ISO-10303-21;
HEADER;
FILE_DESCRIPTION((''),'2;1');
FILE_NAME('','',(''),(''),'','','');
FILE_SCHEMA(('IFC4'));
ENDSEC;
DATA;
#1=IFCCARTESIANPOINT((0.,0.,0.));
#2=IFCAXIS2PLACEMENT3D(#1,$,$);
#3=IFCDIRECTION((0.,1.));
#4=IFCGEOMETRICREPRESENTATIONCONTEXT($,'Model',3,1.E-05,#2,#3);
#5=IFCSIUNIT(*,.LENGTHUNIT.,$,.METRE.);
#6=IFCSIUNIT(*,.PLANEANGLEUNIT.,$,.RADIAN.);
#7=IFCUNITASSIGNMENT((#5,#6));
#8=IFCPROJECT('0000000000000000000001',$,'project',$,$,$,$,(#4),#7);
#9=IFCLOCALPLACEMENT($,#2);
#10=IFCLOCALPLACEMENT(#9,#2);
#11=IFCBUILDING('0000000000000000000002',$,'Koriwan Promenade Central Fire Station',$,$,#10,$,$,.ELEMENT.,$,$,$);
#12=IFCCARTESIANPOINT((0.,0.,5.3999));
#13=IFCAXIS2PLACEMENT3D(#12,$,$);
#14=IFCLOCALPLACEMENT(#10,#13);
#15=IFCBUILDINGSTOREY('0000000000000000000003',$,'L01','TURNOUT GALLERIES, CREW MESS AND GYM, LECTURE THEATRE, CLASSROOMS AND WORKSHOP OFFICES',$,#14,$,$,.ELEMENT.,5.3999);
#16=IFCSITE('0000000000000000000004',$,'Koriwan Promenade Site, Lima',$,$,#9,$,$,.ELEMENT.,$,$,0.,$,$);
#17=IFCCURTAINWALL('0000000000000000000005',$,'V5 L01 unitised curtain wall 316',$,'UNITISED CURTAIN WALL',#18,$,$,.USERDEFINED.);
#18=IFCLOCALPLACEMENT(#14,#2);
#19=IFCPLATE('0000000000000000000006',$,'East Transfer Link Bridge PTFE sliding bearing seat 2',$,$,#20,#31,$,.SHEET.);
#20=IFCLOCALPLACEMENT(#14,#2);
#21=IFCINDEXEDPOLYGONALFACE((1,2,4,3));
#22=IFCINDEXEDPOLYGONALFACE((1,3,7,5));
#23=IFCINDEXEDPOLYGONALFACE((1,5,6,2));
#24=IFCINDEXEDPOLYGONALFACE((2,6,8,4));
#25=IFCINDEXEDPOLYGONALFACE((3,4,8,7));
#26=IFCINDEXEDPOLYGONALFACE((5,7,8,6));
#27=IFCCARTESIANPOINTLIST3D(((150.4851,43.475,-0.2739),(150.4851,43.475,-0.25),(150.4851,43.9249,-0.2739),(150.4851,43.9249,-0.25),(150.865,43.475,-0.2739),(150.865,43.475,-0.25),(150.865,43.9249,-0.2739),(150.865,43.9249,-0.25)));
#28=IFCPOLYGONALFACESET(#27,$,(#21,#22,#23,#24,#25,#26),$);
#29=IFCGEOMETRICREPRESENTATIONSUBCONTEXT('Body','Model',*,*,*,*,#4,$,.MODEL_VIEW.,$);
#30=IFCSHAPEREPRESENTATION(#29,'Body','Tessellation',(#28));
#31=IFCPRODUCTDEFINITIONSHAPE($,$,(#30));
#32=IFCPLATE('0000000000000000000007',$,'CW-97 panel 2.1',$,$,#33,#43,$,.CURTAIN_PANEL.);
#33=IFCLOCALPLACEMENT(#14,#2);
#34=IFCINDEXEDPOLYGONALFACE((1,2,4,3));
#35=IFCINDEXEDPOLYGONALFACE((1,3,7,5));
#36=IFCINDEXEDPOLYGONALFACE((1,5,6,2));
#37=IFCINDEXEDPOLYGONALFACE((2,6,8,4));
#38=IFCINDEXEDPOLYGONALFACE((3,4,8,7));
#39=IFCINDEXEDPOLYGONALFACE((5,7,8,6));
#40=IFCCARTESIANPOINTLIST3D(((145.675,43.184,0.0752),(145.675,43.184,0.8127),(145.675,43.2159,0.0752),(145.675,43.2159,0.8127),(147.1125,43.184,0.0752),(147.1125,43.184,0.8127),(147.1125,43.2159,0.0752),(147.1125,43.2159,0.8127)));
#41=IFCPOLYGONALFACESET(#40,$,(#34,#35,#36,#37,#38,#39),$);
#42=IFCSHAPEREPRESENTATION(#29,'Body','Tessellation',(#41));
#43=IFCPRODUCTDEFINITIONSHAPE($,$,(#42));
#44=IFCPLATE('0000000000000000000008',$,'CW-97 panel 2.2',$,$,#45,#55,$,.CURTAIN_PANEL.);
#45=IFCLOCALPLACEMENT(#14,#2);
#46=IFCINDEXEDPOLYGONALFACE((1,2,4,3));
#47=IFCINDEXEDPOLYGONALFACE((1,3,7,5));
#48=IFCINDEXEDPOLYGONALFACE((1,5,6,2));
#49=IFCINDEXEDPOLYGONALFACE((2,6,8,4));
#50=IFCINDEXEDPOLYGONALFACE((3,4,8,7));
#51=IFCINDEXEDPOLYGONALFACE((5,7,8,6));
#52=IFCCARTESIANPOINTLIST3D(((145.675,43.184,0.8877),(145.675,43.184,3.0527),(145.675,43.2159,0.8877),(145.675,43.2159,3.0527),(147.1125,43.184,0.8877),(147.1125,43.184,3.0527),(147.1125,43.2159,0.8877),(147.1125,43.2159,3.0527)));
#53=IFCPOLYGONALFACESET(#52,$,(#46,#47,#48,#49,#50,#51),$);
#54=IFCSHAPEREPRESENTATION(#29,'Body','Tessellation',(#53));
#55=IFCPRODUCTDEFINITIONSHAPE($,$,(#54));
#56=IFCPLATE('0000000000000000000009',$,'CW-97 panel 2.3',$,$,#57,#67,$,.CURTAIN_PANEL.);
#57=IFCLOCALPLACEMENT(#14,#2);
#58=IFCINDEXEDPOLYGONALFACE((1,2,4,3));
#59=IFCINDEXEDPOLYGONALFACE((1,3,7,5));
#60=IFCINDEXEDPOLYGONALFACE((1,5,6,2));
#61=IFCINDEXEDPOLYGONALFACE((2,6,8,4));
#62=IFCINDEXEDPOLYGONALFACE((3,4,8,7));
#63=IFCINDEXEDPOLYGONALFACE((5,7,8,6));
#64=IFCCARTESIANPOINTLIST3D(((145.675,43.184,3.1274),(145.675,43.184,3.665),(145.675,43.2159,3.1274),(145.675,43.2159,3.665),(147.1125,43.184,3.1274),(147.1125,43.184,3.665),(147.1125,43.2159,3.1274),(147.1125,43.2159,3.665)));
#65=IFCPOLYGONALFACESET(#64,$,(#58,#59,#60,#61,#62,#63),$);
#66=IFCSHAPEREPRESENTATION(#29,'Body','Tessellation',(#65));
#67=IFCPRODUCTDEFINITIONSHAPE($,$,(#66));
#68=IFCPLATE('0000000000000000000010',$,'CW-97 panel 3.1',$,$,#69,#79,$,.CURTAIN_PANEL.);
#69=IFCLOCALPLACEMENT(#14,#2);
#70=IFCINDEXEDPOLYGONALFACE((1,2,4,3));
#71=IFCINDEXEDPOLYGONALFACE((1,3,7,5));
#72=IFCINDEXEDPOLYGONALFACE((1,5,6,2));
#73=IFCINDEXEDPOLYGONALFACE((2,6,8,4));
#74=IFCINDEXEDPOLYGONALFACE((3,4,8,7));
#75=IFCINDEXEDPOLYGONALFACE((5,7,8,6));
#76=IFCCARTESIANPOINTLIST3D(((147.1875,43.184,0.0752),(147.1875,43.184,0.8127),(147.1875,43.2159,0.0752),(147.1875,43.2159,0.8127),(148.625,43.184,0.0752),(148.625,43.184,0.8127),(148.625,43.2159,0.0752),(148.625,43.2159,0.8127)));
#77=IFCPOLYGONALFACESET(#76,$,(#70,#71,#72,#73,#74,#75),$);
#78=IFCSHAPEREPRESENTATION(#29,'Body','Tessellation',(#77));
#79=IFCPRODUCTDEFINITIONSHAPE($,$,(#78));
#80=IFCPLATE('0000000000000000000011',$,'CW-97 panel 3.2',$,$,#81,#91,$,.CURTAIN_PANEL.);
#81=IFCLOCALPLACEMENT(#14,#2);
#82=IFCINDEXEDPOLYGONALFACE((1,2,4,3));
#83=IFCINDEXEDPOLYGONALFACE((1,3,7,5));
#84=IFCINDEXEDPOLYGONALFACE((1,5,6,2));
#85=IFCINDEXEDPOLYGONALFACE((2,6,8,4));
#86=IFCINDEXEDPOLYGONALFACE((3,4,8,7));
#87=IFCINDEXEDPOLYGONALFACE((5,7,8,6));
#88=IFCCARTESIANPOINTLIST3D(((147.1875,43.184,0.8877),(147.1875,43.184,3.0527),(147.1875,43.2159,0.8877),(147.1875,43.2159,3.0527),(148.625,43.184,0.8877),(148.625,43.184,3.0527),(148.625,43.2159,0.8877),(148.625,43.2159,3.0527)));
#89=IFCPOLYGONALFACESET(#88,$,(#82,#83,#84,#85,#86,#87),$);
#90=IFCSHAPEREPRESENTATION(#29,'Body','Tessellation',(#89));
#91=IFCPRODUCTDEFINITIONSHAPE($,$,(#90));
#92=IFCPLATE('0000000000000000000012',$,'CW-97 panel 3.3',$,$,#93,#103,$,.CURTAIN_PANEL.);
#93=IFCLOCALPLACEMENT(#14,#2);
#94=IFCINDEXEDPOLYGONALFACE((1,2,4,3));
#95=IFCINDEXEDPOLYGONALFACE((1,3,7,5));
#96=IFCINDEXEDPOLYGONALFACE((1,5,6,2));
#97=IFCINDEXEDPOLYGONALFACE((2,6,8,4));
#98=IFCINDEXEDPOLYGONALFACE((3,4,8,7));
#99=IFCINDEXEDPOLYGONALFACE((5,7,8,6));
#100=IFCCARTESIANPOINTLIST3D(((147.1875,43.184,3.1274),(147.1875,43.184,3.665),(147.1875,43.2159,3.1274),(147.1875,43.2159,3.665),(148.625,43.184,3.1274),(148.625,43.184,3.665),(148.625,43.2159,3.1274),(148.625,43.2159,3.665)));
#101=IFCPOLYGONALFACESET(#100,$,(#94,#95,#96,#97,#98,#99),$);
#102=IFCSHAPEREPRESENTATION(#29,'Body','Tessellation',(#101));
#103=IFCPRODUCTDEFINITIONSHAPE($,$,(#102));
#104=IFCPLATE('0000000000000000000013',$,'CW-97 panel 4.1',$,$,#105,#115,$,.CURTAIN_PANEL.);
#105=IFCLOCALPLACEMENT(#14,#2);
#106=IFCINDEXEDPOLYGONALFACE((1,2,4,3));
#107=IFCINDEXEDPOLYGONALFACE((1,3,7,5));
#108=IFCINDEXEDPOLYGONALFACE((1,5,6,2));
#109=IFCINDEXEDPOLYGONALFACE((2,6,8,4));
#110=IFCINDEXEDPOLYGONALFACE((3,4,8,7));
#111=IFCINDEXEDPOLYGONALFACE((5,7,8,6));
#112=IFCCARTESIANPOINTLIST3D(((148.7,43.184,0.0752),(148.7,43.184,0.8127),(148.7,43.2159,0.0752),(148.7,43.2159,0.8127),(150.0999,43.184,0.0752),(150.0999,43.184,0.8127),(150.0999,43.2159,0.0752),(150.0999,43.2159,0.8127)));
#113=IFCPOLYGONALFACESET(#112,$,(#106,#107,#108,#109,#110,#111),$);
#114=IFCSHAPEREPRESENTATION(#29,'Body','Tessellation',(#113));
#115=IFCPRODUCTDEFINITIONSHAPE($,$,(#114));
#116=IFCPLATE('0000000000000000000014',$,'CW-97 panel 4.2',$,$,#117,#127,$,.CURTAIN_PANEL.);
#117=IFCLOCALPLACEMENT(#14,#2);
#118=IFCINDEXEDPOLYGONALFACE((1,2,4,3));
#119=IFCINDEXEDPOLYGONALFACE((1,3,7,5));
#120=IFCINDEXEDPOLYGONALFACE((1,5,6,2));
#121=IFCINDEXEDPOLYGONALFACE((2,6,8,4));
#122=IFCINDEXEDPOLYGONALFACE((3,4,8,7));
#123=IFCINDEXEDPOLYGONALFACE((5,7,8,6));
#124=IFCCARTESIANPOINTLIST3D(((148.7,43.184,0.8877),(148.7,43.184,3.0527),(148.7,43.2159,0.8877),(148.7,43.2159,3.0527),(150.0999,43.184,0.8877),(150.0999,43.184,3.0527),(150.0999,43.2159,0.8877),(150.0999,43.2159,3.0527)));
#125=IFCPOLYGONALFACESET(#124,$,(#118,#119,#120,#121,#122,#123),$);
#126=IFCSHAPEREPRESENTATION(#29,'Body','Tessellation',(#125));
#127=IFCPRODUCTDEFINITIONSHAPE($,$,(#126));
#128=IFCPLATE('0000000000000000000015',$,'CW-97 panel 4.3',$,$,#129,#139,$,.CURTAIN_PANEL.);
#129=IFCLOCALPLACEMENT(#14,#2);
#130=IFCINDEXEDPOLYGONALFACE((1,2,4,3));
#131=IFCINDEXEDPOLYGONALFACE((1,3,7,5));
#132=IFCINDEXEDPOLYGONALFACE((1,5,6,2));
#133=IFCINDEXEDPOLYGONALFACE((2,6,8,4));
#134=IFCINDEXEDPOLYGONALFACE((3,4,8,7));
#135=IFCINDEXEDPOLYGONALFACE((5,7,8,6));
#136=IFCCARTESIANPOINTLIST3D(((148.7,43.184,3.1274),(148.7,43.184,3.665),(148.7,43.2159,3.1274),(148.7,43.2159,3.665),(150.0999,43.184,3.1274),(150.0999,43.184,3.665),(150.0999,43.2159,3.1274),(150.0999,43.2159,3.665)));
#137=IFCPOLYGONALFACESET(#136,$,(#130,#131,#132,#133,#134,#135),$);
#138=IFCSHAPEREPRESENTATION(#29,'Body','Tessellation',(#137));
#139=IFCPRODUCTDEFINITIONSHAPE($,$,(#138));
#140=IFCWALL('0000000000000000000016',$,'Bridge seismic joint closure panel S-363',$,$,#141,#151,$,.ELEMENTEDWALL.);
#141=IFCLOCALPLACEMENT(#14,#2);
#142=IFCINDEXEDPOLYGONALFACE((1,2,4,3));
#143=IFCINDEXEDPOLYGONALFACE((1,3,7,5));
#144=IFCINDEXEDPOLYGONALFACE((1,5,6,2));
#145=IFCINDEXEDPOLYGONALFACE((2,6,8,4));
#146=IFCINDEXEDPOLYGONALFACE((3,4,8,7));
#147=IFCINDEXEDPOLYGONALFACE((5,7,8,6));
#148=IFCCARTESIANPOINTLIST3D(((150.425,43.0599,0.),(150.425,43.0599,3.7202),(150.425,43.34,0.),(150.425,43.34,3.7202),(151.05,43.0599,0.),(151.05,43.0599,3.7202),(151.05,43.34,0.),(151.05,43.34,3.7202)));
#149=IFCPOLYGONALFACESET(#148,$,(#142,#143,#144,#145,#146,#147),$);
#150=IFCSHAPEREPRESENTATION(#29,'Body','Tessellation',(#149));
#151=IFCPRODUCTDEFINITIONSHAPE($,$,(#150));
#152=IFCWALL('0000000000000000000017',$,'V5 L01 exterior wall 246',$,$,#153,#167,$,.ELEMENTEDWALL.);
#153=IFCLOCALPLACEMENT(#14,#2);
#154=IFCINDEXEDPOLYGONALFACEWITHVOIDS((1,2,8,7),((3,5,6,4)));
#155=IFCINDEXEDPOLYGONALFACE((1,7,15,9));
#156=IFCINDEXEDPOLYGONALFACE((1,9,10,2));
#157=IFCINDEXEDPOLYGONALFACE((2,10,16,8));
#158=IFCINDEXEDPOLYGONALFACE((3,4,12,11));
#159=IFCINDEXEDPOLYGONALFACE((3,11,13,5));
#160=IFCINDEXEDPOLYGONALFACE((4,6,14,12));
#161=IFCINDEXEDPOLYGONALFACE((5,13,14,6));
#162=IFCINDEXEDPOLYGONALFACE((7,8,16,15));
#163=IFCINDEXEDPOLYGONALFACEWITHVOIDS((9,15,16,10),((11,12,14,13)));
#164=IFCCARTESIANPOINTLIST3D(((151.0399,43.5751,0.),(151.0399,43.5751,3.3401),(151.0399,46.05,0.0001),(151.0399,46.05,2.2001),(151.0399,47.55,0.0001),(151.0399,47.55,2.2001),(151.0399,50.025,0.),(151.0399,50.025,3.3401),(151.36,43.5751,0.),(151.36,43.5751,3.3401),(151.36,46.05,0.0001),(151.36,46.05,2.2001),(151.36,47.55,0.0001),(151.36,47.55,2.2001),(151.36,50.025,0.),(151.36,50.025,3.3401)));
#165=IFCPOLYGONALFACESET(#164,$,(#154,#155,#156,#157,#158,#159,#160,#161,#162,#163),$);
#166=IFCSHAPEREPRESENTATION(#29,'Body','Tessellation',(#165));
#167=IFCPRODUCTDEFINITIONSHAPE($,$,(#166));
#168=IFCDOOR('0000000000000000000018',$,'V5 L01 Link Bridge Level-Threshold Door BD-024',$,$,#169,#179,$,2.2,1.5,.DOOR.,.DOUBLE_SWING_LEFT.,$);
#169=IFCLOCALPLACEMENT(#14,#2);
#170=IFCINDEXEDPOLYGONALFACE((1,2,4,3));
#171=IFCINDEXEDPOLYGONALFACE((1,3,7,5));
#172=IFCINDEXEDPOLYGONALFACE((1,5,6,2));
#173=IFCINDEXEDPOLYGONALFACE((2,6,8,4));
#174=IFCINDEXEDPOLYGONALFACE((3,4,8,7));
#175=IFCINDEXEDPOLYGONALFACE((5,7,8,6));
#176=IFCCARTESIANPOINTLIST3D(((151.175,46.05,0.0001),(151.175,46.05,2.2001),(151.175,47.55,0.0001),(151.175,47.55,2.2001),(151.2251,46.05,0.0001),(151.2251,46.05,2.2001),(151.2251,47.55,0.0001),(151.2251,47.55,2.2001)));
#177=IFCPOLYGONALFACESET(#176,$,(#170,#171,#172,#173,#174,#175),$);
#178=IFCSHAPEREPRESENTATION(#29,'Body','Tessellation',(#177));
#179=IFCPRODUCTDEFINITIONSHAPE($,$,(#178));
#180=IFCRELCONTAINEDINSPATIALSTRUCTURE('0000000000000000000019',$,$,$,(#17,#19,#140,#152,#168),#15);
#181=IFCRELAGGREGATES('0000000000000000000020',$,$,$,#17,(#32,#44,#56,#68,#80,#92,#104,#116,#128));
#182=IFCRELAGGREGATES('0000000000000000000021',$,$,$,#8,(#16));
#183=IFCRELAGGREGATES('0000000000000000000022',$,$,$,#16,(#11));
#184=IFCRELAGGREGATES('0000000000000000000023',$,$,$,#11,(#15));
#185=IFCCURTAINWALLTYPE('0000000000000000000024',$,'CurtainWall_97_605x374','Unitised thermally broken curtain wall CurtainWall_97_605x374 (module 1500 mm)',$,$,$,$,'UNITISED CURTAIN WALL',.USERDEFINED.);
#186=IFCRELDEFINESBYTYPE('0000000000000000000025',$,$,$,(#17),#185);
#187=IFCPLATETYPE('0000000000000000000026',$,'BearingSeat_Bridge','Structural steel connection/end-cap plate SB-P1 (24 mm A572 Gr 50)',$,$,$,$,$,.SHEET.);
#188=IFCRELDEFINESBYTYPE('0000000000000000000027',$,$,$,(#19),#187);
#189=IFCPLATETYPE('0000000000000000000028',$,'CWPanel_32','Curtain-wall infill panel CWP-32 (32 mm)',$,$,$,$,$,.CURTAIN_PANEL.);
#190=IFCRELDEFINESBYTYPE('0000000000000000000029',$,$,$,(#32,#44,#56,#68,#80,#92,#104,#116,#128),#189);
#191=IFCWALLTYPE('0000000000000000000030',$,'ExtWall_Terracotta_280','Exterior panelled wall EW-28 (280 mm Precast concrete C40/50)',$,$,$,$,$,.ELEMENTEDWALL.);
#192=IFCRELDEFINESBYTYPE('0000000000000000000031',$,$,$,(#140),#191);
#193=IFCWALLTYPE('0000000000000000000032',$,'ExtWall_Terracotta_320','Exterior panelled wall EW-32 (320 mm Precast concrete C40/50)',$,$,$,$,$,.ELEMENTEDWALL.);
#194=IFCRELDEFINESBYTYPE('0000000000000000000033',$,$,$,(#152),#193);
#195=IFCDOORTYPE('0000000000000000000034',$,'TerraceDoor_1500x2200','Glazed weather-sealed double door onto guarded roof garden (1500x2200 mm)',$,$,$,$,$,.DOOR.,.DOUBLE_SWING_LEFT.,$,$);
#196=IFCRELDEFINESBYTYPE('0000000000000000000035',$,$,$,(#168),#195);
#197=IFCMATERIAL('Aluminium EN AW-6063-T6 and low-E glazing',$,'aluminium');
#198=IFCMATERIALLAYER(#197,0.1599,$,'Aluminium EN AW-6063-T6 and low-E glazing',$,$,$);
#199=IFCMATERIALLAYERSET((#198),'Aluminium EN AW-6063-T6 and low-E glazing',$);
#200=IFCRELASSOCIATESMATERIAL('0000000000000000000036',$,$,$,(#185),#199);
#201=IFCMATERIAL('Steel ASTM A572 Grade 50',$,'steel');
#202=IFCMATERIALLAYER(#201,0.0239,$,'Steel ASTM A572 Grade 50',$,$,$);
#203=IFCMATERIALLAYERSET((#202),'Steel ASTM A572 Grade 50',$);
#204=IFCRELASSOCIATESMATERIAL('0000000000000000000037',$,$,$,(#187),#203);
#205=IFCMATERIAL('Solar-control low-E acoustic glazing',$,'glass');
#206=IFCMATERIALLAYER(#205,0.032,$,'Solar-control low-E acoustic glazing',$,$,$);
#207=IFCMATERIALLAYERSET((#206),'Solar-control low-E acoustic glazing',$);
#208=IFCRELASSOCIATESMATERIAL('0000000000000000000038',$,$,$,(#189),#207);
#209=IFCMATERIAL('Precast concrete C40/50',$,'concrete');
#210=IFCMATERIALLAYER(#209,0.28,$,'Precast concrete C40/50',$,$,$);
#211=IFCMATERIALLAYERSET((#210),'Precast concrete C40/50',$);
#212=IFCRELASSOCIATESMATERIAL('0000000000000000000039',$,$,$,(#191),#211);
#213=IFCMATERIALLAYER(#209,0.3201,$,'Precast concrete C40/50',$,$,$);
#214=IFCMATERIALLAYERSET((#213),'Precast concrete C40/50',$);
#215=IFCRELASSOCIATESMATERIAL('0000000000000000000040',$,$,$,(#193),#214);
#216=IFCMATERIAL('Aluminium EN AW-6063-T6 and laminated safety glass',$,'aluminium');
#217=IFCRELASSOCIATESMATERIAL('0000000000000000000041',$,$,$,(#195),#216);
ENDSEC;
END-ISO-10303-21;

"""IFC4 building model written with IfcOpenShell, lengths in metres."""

from ifc_helpers import new_model, si_unit, direction, frame, frame_2d, origin, origin_2d, place, context, subcontext, project, spatial, rectangle, extrude, material, layer, layer_set, type_object, element, fill, aggregate, save


model = new_model("IFC4")

# Units and contexts
model_context = context("Model", 3, precision=1e-05, world=origin(), true_north=direction((0.0, 1.0)))
body_context = subcontext(model_context, "Body", "Model", "MODEL_VIEW")
ifc_project = project(units=[si_unit("LENGTHUNIT", "METRE"), si_unit("PLANEANGLEUNIT", "RADIAN")], contexts=[model_context])

# Site, building, storey
site_placement = place(None, origin())
site = spatial("IfcSite", under=ifc_project, at=site_placement, Name="Koriwan Promenade Site, Lima", CompositionType="ELEMENT", RefElevation=0.0)
building_placement = place(site_placement, origin())
building = spatial("IfcBuilding", under=site, at=building_placement, Name="Koriwan Promenade Central Fire Station", CompositionType="ELEMENT")
storey_placement = place(building_placement, frame((0.0, 0.0, 5.3999)))
storey = spatial("IfcBuildingStorey", under=building, at=storey_placement, Name="L01", Description="TURNOUT GALLERIES, CREW MESS AND GYM, LECTURE THEATRE, CLASSROOMS AND WORKSHOP OFFICES", CompositionType="ELEMENT", Elevation=5.3999)

# Curtain wall
ifc_material_1 = material(Name="Aluminium EN AW-6063-T6 and low-E glazing", Category="aluminium")
ifc_layer_1 = layer(ifc_material_1, 0.1599, Name="Aluminium EN AW-6063-T6 and low-E glazing")
ifc_layer_set_1 = layer_set([ifc_layer_1], Name="Aluminium EN AW-6063-T6 and low-E glazing")
curtain_wall_type = type_object("IfcCurtainWallType", Name="CurtainWall_97_605x374", Description="Unitised thermally broken curtain wall CurtainWall_97_605x374 (module 1500 mm)", ElementType="UNITISED CURTAIN WALL", PredefinedType="USERDEFINED", material=ifc_layer_set_1)
curtain_wall_placement = place(storey_placement, origin())
curtain_wall = element("IfcCurtainWall", 1, at=curtain_wall_placement, inside=storey, type_object=curtain_wall_type, Name="V5 L01 unitised curtain wall 316", ObjectType="UNITISED CURTAIN WALL", PredefinedType="USERDEFINED")

# Plate
ifc_material_2 = material(Name="Steel ASTM A572 Grade 50", Category="steel")
ifc_layer_2 = layer(ifc_material_2, 0.0239, Name="Steel ASTM A572 Grade 50")
ifc_layer_set_2 = layer_set([ifc_layer_2], Name="Steel ASTM A572 Grade 50")
plate_type_1 = type_object("IfcPlateType", Name="BearingSeat_Bridge", Description="Structural steel connection/end-cap plate SB-P1 (24 mm A572 Gr 50)", PredefinedType="SHEET", material=ifc_layer_set_2)
plate_1_placement = place(storey_placement, frame((150.675, 43.7, -0.2739), z_axis=(0.0, 0.0, 1.0), x_axis=(1.0, 0.0, 0.0)))
element("IfcPlate", 2, at=plate_1_placement, inside=storey, type_object=plate_type_1, Name="East Transfer Link Bridge PTFE sliding bearing seat 2", PredefinedType="SHEET", context=body_context, shape_type="SweptSolid", body=[
    extrude(rectangle(XDim=0.3799, YDim=0.45, at=origin_2d()), origin(), (0.0, 0.0, 1.0), 0.0239),
])

# Plates
ifc_material_3 = material(Name="Solar-control low-E acoustic glazing", Category="glass")
ifc_layer_3 = layer(ifc_material_3, 0.032, Name="Solar-control low-E acoustic glazing")
ifc_layer_set_3 = layer_set([ifc_layer_3], Name="Solar-control low-E acoustic glazing")
plate_type_2 = type_object("IfcPlateType", Name="CWPanel_32", Description="Curtain-wall infill panel CWP-32 (32 mm)", PredefinedType="CURTAIN_PANEL", material=ifc_layer_set_3)
plate_2_placement = place(storey_placement, frame((146.3938, 43.2, 0.0752), z_axis=(0.0, 0.0, 1.0), x_axis=(1.0, 0.0, 0.0)))
plate_2 = element("IfcPlate", 3, at=plate_2_placement, type_object=plate_type_2, Name="CW-97 panel 2.1", PredefinedType="CURTAIN_PANEL", context=body_context, shape_type="SweptSolid", body=[
    extrude(rectangle(XDim=1.4375, YDim=0.032, at=origin_2d()), origin(), (0.0, 0.0, 1.0), 0.7375),
])
plate_3_placement = place(storey_placement, frame((146.3938, 43.2, 0.8877), z_axis=(0.0, 0.0, 1.0), x_axis=(1.0, 0.0, 0.0)))
plate_3 = element("IfcPlate", 4, at=plate_3_placement, type_object=plate_type_2, Name="CW-97 panel 2.2", PredefinedType="CURTAIN_PANEL", context=body_context, shape_type="SweptSolid", body=[
    extrude(rectangle(XDim=1.4375, YDim=0.032, at=origin_2d()), origin(), (0.0, 0.0, 1.0), 2.165),
])
plate_4_placement = place(storey_placement, frame((146.3938, 43.2, 3.1274), z_axis=(0.0, 0.0, 1.0), x_axis=(1.0, 0.0, 0.0)))
plate_4 = element("IfcPlate", 5, at=plate_4_placement, type_object=plate_type_2, Name="CW-97 panel 2.3", PredefinedType="CURTAIN_PANEL", context=body_context, shape_type="SweptSolid", body=[
    extrude(rectangle(XDim=1.4375, YDim=0.032, at=origin_2d()), origin(), (0.0, 0.0, 1.0), 0.5376),
])
plate_5_placement = place(storey_placement, frame((147.9062, 43.2, 0.0752), z_axis=(0.0, 0.0, 1.0), x_axis=(1.0, 0.0, 0.0)))
plate_5 = element("IfcPlate", 6, at=plate_5_placement, type_object=plate_type_2, Name="CW-97 panel 3.1", PredefinedType="CURTAIN_PANEL", context=body_context, shape_type="SweptSolid", body=[
    extrude(rectangle(XDim=1.4375, YDim=0.032, at=origin_2d()), origin(), (0.0, 0.0, 1.0), 0.7375),
])
plate_6_placement = place(storey_placement, frame((147.9062, 43.2, 0.8877), z_axis=(0.0, 0.0, 1.0), x_axis=(1.0, 0.0, 0.0)))
plate_6 = element("IfcPlate", 7, at=plate_6_placement, type_object=plate_type_2, Name="CW-97 panel 3.2", PredefinedType="CURTAIN_PANEL", context=body_context, shape_type="SweptSolid", body=[
    extrude(rectangle(XDim=1.4375, YDim=0.032, at=origin_2d()), origin(), (0.0, 0.0, 1.0), 2.165),
])
plate_7_placement = place(storey_placement, frame((147.9062, 43.2, 3.1274), z_axis=(0.0, 0.0, 1.0), x_axis=(1.0, 0.0, 0.0)))
plate_7 = element("IfcPlate", 8, at=plate_7_placement, type_object=plate_type_2, Name="CW-97 panel 3.3", PredefinedType="CURTAIN_PANEL", context=body_context, shape_type="SweptSolid", body=[
    extrude(rectangle(XDim=1.4375, YDim=0.032, at=origin_2d()), origin(), (0.0, 0.0, 1.0), 0.5376),
])
plate_8_placement = place(storey_placement, frame((149.3999, 43.2, 0.0752), z_axis=(0.0, 0.0, 1.0), x_axis=(1.0, 0.0, 0.0)))
plate_8 = element("IfcPlate", 9, at=plate_8_placement, type_object=plate_type_2, Name="CW-97 panel 4.1", PredefinedType="CURTAIN_PANEL", context=body_context, shape_type="SweptSolid", body=[
    extrude(rectangle(XDim=1.3999, YDim=0.032, at=origin_2d()), origin(), (0.0, 0.0, 1.0), 0.7375),
])
plate_9_placement = place(storey_placement, frame((149.3999, 43.2, 0.8877), z_axis=(0.0, 0.0, 1.0), x_axis=(1.0, 0.0, 0.0)))
plate_9 = element("IfcPlate", 10, at=plate_9_placement, type_object=plate_type_2, Name="CW-97 panel 4.2", PredefinedType="CURTAIN_PANEL", context=body_context, shape_type="SweptSolid", body=[
    extrude(rectangle(XDim=1.3999, YDim=0.032, at=origin_2d()), origin(), (0.0, 0.0, 1.0), 2.165),
])
plate_10_placement = place(storey_placement, frame((149.3999, 43.2, 3.1274), z_axis=(0.0, 0.0, 1.0), x_axis=(1.0, 0.0, 0.0)))
plate_10 = element("IfcPlate", 11, at=plate_10_placement, type_object=plate_type_2, Name="CW-97 panel 4.3", PredefinedType="CURTAIN_PANEL", context=body_context, shape_type="SweptSolid", body=[
    extrude(rectangle(XDim=1.3999, YDim=0.032, at=origin_2d()), origin(), (0.0, 0.0, 1.0), 0.5376),
])
aggregate(curtain_wall, [plate_2, plate_3, plate_4, plate_5, plate_6, plate_7, plate_8, plate_9, plate_10])

# Wall
ifc_material_4 = material(Name="Precast concrete C40/50", Category="concrete")
ifc_layer_4 = layer(ifc_material_4, 0.28, Name="Precast concrete C40/50")
ifc_layer_set_4 = layer_set([ifc_layer_4], Name="Precast concrete C40/50")
wall_type_1 = type_object("IfcWallType", Name="ExtWall_Terracotta_280", Description="Exterior panelled wall EW-28 (280 mm Precast concrete C40/50)", PredefinedType="ELEMENTEDWALL", material=ifc_layer_set_4)
wall_1_placement = place(storey_placement, frame((150.425, 43.2, 0.0), z_axis=(0.0, 0.0, 1.0), x_axis=(1.0, 0.0, 0.0)))
element("IfcWall", 12, at=wall_1_placement, inside=storey, type_object=wall_type_1, Name="Bridge seismic joint closure panel S-363", PredefinedType="ELEMENTEDWALL", context=body_context, shape_type="SweptSolid", body=[
    extrude(rectangle(XDim=0.625, YDim=0.28, at=frame_2d((0.3125, 0.0))), origin(), (0.0, 0.0, 1.0), 3.7202),
])

# Wall, opening, door
ifc_layer_5 = layer(ifc_material_4, 0.3201, Name="Precast concrete C40/50")
ifc_layer_set_5 = layer_set([ifc_layer_5], Name="Precast concrete C40/50")
wall_type_2 = type_object("IfcWallType", Name="ExtWall_Terracotta_320", Description="Exterior panelled wall EW-32 (320 mm Precast concrete C40/50)", PredefinedType="ELEMENTEDWALL", material=ifc_layer_set_5)
wall_2_placement = place(storey_placement, frame((151.2, 43.575, 0.0), z_axis=(0.0, 0.0, 1.0), x_axis=(0.0, 1.0, 0.0)))
wall_2 = element("IfcWall", 13, at=wall_2_placement, inside=storey, type_object=wall_type_2, Name="V5 L01 exterior wall 246", PredefinedType="ELEMENTEDWALL", context=body_context, shape_type="SweptSolid", body=[
    extrude(rectangle(XDim=6.45, YDim=0.3201, at=frame_2d((3.2251, 0.0))), origin(), (0.0, 0.0, 1.0), 3.3401),
])
opening_placement = place(wall_2_placement, frame((2.4751, 0.0, 0.0)))
opening = element("IfcOpeningElement", 14, at=opening_placement, cuts=wall_2, PredefinedType="OPENING", context=body_context, shape_type="SweptSolid", body=[
    extrude(rectangle(XDim=1.5, YDim=2.2, at=frame_2d((0.75, 1.1001))), frame((0.0, 0.1719, 0.0), z_axis=(0.0, -1.0, 0.0), x_axis=(1.0, 0.0, 0.0)), (0.0, 0.0, 1.0), 0.344),
])
ifc_material_5 = material(Name="Aluminium EN AW-6063-T6 and laminated safety glass", Category="aluminium")
door_type = type_object("IfcDoorType", Name="TerraceDoor_1500x2200", Description="Glazed weather-sealed double door onto guarded roof garden (1500x2200 mm)", OperationType="DOUBLE_SWING_LEFT", PredefinedType="DOOR", material=ifc_material_5)
door_placement = place(opening_placement, origin())
door = element("IfcDoor", 15, at=door_placement, inside=storey, type_object=door_type, Name="V5 L01 Link Bridge Level-Threshold Door BD-024", OperationType="DOUBLE_SWING_LEFT", OverallHeight=2.2, OverallWidth=1.5, PredefinedType="DOOR", context=body_context, shape_type="SweptSolid", body=[
    extrude(rectangle(XDim=1.5, YDim=2.2, at=frame_2d((0.75, 1.1001))), frame((0.0, 0.0249, 0.0), z_axis=(0.0, -1.0, 0.0), x_axis=(1.0, 0.0, 0.0)), (0.0, 0.0, 1.0), 0.05),
])
fill(opening, door)

save(model, "model.ifc")
